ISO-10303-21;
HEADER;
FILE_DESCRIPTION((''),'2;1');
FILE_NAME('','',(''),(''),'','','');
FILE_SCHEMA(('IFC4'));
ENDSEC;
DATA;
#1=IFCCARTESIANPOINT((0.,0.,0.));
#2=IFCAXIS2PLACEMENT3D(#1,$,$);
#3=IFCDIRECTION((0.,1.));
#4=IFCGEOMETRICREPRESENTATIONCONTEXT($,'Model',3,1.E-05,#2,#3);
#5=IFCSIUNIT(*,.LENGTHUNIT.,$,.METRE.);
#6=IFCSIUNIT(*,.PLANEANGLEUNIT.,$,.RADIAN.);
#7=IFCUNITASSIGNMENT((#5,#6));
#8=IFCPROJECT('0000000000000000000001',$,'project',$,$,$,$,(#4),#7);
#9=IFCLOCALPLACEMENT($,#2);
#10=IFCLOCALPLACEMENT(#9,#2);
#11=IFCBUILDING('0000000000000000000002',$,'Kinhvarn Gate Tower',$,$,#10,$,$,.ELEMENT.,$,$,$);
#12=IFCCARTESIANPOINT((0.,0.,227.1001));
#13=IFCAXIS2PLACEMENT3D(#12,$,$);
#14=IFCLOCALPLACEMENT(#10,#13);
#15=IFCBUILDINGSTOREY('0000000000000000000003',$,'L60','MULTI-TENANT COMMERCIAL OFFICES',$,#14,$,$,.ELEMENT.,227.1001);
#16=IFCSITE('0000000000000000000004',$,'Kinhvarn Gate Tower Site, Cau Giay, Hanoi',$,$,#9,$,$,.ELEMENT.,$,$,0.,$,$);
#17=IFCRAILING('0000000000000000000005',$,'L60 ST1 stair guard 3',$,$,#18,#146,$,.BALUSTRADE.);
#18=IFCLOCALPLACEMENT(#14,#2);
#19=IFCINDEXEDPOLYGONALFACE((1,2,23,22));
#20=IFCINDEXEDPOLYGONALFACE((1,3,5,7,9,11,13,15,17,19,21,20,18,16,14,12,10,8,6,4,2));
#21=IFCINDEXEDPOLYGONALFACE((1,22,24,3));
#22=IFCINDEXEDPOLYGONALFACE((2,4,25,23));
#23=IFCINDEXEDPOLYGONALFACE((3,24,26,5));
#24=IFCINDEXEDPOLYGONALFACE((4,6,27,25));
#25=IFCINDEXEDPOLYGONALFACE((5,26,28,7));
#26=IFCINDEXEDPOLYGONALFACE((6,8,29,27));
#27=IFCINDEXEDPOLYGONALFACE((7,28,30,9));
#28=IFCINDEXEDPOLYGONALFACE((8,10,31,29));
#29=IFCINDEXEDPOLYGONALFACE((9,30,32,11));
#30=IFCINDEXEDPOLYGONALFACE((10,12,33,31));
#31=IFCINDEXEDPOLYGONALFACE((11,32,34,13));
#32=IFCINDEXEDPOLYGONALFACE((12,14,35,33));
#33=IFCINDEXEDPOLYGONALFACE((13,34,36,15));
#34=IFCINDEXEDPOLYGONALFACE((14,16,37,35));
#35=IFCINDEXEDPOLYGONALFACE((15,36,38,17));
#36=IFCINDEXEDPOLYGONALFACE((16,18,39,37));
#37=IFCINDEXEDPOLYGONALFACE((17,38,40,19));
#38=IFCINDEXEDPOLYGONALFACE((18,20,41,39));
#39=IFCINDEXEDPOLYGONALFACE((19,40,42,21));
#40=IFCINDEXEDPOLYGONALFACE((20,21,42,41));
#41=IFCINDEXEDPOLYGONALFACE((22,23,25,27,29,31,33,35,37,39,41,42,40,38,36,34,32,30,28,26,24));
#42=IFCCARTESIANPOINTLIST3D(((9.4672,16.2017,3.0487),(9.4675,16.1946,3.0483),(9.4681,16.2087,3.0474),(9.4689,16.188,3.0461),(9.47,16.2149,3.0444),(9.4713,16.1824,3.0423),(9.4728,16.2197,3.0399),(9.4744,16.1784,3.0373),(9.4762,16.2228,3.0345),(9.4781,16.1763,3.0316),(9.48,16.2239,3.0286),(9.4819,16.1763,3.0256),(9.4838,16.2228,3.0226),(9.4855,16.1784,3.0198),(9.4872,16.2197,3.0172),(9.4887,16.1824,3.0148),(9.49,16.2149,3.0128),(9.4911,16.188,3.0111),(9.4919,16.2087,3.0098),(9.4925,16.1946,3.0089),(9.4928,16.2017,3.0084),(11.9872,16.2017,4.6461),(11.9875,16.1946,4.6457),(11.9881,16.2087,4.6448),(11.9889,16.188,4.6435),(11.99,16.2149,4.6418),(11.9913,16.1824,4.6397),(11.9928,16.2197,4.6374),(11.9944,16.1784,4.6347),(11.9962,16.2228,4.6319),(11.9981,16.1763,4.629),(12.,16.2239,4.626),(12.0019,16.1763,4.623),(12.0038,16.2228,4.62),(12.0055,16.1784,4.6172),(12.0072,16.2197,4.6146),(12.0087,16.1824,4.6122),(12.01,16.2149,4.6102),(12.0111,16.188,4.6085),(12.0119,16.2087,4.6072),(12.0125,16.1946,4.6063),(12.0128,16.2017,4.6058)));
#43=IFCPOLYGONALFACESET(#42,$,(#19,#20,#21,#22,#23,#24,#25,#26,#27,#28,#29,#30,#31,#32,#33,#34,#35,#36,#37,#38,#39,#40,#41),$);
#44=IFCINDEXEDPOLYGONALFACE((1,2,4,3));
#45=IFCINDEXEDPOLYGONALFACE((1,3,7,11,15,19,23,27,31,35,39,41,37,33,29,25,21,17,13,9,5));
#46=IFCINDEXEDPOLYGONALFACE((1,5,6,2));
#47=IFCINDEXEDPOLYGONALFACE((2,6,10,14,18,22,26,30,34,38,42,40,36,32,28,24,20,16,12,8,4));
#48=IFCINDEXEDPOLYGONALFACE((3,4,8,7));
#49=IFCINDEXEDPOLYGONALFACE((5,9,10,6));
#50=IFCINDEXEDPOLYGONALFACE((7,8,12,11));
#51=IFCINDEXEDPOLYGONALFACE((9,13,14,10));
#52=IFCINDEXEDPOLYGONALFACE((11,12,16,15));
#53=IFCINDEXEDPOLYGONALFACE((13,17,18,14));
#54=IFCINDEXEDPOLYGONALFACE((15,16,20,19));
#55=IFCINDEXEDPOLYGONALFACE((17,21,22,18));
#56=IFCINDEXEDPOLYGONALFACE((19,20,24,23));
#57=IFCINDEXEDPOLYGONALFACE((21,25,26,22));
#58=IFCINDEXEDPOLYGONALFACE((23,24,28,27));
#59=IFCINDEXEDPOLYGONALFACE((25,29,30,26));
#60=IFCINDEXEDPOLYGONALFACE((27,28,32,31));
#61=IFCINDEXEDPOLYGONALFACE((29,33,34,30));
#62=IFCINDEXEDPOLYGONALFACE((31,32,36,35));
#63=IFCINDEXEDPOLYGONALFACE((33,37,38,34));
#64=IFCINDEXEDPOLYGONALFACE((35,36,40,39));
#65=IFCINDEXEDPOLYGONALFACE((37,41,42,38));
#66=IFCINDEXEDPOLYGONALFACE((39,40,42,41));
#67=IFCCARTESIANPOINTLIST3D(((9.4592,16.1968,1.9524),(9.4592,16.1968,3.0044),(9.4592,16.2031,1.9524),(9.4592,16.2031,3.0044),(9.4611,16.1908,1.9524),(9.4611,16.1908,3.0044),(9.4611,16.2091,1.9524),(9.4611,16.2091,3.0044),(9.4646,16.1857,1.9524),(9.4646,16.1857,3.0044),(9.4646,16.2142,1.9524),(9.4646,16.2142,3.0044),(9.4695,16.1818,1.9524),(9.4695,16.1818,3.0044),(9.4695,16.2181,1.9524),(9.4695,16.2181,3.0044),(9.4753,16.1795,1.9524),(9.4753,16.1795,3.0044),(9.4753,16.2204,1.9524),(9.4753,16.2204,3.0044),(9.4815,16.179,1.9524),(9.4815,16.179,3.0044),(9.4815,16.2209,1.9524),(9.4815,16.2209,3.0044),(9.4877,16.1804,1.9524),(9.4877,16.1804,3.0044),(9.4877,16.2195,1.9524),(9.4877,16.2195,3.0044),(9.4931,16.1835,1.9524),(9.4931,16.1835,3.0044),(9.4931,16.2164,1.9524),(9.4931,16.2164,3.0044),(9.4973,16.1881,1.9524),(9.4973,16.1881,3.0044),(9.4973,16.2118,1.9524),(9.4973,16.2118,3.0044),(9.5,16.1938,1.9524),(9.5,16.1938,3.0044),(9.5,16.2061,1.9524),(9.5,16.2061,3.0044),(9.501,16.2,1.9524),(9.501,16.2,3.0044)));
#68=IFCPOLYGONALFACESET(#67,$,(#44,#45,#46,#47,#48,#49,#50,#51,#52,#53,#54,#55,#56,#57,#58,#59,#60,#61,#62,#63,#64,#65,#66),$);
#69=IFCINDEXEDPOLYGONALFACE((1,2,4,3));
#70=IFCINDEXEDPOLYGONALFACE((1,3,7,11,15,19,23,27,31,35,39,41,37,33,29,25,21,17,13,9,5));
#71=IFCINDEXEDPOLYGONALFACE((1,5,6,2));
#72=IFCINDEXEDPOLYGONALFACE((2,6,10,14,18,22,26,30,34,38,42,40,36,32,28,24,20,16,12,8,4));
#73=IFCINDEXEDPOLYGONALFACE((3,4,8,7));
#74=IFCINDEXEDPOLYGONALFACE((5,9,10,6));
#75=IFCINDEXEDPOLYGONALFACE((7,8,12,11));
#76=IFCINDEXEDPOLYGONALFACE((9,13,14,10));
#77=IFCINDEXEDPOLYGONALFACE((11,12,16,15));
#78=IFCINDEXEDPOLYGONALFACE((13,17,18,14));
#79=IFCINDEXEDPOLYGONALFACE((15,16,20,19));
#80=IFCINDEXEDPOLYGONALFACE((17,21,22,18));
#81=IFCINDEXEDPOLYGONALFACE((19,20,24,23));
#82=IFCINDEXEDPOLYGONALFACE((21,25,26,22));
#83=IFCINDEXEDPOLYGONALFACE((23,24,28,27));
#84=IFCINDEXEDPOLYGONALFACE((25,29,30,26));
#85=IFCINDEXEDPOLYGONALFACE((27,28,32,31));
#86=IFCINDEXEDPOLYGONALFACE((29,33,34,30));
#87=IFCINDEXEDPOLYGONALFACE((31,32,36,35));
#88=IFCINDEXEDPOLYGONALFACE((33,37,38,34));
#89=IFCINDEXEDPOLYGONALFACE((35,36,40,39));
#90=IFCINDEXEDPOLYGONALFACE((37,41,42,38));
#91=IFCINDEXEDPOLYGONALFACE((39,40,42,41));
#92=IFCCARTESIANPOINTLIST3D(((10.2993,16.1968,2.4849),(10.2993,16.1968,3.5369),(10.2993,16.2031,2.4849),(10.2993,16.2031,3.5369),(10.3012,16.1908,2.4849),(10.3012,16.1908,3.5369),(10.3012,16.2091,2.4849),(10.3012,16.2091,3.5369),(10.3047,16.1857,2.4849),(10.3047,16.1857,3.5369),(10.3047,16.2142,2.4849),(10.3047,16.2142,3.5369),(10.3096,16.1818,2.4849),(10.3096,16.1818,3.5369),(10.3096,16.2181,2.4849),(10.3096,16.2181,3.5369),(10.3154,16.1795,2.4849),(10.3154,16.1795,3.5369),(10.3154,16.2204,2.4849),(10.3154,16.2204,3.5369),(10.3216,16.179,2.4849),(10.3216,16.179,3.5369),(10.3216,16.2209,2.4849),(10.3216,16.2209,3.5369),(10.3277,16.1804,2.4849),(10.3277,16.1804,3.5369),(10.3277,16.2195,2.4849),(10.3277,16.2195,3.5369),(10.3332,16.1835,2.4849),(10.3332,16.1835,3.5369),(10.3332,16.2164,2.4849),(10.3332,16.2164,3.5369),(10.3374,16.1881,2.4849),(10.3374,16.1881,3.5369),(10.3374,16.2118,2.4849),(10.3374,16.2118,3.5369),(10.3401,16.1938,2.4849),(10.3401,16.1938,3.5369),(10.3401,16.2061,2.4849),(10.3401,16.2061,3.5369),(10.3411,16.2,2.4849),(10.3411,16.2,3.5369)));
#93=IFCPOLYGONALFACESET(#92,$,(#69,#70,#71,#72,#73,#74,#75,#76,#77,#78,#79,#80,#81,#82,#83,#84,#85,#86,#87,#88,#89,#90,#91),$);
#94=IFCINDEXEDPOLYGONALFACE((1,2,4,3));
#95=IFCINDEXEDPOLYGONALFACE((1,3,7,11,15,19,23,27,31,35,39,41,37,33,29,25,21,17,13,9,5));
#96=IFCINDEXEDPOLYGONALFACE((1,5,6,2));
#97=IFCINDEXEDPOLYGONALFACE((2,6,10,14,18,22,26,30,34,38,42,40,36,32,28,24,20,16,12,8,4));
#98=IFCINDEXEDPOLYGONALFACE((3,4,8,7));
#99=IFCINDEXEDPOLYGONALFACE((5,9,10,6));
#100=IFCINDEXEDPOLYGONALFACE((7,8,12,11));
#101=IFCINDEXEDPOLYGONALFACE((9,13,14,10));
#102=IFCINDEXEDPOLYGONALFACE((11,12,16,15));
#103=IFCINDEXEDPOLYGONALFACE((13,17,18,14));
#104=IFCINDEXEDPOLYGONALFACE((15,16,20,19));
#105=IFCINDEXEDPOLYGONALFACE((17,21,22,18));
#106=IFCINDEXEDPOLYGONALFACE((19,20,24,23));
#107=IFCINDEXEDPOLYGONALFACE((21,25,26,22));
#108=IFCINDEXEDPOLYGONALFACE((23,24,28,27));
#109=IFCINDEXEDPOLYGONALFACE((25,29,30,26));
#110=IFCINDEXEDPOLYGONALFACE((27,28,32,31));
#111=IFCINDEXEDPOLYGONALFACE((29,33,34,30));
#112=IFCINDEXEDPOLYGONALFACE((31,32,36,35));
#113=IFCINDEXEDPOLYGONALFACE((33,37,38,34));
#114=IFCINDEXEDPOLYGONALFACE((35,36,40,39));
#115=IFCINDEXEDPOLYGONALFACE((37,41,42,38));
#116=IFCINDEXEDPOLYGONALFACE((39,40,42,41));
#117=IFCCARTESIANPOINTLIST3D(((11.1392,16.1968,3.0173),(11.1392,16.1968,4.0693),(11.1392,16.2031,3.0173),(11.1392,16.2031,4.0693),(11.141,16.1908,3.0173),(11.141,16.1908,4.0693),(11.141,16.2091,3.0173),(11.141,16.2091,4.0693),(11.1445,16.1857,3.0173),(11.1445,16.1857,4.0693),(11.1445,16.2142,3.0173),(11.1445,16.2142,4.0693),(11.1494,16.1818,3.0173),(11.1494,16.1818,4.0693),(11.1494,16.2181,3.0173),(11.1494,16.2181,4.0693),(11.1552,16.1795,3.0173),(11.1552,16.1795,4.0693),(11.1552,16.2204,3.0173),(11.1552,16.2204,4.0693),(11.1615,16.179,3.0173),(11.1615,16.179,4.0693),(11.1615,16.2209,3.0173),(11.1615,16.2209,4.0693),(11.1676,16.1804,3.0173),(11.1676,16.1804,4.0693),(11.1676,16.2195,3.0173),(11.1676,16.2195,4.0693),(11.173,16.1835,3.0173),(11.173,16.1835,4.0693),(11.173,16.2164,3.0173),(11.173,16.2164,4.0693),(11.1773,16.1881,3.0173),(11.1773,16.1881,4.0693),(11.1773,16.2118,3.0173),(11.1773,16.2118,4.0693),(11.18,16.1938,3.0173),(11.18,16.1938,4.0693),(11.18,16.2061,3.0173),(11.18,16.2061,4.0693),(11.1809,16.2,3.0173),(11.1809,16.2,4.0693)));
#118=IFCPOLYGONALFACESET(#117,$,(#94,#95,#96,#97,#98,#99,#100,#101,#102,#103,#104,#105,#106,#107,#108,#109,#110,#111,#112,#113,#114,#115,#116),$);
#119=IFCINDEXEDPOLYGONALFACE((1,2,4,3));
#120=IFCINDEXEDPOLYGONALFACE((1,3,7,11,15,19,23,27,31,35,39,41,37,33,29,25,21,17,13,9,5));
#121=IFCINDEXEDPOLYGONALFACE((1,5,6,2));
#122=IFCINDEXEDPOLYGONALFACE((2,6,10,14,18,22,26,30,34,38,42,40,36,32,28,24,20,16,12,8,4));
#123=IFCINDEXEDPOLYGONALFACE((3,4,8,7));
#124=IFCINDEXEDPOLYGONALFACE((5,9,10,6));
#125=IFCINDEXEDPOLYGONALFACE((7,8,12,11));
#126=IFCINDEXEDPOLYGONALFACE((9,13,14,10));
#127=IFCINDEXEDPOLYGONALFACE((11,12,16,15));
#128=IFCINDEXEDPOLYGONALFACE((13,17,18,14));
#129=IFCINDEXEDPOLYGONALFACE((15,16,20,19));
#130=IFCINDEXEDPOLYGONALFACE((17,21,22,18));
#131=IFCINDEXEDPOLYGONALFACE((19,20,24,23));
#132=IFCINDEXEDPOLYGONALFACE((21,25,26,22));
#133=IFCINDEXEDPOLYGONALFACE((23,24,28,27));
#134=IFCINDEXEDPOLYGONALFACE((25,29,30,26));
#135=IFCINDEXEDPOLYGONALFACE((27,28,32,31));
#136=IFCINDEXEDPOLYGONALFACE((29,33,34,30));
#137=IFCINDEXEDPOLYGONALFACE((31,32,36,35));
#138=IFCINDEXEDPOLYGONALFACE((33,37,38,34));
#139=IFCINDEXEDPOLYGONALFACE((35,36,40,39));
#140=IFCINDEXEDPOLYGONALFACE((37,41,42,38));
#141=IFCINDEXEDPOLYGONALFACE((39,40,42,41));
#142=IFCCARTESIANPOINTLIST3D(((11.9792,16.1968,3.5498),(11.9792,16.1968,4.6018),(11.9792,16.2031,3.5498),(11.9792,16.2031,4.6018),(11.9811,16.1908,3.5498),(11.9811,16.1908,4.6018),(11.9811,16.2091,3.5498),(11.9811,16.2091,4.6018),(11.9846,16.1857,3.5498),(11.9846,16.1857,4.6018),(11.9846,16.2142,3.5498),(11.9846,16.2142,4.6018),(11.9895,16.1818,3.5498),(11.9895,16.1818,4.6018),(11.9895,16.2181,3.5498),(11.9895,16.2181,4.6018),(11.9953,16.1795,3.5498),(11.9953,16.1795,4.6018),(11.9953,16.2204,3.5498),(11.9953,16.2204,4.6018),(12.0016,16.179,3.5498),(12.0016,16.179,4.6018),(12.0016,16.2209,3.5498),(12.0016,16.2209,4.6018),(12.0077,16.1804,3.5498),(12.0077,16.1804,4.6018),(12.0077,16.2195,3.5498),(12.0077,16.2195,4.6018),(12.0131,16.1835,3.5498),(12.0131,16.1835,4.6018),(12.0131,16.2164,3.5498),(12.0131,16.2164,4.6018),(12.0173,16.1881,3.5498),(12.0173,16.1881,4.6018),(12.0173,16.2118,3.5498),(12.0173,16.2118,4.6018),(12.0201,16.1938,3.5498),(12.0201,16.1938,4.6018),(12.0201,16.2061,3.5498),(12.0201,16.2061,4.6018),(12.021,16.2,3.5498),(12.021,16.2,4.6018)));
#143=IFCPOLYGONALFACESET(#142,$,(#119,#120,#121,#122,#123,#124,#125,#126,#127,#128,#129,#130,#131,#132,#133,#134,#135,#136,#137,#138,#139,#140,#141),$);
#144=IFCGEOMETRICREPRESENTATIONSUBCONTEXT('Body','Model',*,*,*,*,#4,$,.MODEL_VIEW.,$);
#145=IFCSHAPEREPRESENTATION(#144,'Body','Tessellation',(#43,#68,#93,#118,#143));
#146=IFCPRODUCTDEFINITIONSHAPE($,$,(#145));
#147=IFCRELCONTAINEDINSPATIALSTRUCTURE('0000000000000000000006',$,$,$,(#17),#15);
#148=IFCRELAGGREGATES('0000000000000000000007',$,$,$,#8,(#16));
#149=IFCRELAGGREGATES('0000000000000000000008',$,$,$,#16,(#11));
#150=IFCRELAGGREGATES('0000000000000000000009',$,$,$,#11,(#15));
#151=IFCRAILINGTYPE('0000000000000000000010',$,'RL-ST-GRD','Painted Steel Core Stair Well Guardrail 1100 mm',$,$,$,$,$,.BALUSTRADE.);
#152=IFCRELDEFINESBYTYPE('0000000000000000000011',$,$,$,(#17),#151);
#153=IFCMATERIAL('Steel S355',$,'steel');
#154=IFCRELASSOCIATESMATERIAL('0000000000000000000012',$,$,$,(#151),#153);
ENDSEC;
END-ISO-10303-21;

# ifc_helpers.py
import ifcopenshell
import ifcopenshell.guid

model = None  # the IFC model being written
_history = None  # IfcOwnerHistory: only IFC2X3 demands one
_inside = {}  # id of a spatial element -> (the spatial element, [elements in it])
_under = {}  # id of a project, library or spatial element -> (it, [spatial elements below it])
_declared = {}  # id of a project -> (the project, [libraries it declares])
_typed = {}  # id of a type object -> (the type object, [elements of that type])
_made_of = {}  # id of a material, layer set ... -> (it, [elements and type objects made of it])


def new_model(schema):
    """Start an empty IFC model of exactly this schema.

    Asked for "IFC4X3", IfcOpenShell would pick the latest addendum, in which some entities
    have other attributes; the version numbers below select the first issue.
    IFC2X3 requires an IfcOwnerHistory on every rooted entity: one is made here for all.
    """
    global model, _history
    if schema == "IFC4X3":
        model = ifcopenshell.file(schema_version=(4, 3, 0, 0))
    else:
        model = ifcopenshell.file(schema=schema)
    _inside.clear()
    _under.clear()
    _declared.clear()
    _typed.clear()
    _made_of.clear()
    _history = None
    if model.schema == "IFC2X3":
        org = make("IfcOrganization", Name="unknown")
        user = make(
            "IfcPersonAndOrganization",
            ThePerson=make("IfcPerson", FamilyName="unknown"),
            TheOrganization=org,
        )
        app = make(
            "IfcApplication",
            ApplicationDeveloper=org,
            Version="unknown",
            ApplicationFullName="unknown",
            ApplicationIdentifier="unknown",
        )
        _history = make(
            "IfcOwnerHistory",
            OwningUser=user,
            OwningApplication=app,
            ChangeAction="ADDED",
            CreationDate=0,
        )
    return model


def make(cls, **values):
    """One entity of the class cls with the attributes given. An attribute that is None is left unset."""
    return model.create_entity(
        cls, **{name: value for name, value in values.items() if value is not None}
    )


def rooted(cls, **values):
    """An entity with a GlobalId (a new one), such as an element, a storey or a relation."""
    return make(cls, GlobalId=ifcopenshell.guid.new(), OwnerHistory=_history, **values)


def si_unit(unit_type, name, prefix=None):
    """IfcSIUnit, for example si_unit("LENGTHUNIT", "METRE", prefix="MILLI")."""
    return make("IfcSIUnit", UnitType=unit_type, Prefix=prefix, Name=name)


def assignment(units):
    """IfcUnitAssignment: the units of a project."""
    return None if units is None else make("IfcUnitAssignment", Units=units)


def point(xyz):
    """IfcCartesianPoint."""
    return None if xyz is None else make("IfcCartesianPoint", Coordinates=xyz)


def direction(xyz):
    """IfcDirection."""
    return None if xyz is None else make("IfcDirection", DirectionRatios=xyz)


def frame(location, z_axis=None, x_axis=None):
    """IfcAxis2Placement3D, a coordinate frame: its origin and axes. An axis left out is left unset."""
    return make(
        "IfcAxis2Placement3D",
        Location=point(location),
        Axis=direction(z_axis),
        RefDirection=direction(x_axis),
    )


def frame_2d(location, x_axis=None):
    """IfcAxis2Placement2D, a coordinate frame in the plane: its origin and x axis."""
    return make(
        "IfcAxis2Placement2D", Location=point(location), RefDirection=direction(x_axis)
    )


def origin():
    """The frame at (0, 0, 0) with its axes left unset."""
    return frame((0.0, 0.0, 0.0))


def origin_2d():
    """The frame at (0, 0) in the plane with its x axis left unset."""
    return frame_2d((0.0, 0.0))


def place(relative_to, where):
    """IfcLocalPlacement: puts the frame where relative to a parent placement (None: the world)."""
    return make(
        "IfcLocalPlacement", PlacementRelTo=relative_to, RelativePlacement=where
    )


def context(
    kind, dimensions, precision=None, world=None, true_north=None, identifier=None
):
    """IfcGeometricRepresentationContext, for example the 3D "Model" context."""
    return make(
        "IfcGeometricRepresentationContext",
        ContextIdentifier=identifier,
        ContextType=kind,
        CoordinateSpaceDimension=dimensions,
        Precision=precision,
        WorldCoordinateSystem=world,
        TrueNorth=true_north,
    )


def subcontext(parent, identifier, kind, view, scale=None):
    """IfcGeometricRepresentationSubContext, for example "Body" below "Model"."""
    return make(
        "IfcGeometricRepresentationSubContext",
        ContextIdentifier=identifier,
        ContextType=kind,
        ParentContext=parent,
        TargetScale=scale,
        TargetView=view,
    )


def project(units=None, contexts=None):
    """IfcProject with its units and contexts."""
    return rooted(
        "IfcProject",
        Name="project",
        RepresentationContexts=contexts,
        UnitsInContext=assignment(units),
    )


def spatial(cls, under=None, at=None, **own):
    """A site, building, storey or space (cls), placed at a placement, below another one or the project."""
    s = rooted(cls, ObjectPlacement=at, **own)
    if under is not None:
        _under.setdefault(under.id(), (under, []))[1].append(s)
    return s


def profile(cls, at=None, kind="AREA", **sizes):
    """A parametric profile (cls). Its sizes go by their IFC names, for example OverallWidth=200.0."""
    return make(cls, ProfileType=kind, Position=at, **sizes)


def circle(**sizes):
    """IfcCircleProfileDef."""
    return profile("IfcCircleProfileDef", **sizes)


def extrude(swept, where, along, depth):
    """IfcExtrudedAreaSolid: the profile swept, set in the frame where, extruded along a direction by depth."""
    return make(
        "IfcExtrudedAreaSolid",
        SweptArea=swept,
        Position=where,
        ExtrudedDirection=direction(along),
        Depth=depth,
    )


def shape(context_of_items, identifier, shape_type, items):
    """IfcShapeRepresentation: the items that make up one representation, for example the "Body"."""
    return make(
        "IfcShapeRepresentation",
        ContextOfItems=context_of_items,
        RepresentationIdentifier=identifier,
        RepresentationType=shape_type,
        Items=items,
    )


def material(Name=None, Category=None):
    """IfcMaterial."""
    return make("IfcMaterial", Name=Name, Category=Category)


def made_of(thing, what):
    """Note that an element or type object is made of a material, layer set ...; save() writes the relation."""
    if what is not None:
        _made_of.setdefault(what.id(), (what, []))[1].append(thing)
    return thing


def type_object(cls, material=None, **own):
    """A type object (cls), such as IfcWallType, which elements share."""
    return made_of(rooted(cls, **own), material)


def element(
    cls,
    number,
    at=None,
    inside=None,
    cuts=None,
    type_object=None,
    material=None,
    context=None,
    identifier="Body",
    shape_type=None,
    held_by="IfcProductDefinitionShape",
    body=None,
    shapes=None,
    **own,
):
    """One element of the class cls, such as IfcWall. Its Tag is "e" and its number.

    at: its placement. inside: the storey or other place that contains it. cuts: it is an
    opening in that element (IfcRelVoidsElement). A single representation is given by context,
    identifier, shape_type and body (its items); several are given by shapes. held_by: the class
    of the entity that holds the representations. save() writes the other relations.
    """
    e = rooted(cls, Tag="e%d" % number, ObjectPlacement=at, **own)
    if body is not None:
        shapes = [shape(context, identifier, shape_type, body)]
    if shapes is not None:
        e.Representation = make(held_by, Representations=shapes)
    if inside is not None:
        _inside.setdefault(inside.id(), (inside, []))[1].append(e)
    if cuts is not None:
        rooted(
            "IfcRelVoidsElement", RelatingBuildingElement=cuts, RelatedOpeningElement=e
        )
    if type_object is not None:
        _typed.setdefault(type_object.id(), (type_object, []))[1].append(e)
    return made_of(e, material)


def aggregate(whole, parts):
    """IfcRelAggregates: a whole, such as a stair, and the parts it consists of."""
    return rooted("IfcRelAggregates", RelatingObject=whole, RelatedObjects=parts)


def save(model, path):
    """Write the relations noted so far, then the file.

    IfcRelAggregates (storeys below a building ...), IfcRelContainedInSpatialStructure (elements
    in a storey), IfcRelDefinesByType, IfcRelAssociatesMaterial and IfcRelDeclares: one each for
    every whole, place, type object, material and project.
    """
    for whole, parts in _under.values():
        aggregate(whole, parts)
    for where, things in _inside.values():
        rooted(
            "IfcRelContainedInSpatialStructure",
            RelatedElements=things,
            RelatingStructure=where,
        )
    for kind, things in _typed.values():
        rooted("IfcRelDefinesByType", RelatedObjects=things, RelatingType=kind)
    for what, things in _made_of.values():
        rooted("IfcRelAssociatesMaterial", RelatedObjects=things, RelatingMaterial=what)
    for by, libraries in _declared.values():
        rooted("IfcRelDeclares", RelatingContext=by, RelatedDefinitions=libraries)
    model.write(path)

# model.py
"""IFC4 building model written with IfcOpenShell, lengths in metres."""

from ifc_helpers import new_model, si_unit, direction, frame, origin, origin_2d, place, context, subcontext, project, spatial, circle, extrude, material, type_object, element, save


model = new_model("IFC4")

# Units and contexts
model_context = context("Model", 3, precision=1e-05, world=origin(), true_north=direction((0.0, 1.0)))
body_context = subcontext(model_context, "Body", "Model", "MODEL_VIEW")
ifc_project = project(units=[si_unit("LENGTHUNIT", "METRE"), si_unit("PLANEANGLEUNIT", "RADIAN")], contexts=[model_context])

# Site, building, storey
site_placement = place(None, origin())
site = spatial("IfcSite", under=ifc_project, at=site_placement, Name="Kinhvarn Gate Tower Site, Cau Giay, Hanoi", CompositionType="ELEMENT", RefElevation=0.0)
building_placement = place(site_placement, origin())
building = spatial("IfcBuilding", under=site, at=building_placement, Name="Kinhvarn Gate Tower", CompositionType="ELEMENT")
storey_placement = place(building_placement, frame((0.0, 0.0, 227.1001)))
storey = spatial("IfcBuildingStorey", under=building, at=storey_placement, Name="L60", Description="MULTI-TENANT COMMERCIAL OFFICES", CompositionType="ELEMENT", Elevation=227.1001)

# Shared definitions
ifc_material_1 = material(Name="Steel S355", Category="steel")

# Railing
railing_type_1 = type_object("IfcRailingType", Name="RL-ST-GRD", Description="Painted Steel Core Stair Well Guardrail 1100 mm", PredefinedType="BALUSTRADE", material=ifc_material_1)
railing_1_placement = place(storey_placement, frame((9.48, 16.2, 1.9524)))
element("IfcRailing", 1, at=railing_1_placement, inside=storey, type_object=railing_type_1, Name="L60 ST1 stair guard 3", PredefinedType="BALUSTRADE", context=body_context, shape_type="SweptSolid", body=[
    extrude(circle(Radius=0.0239, at=origin_2d()), frame((0.0, 0.0, 1.0762), z_axis=(0.844607, 0.0, 0.535387), x_axis=(0.0, 1.0, 0.0)), (0.0, 0.0, 1.0), 2.9836),
    extrude(circle(Radius=0.021, at=origin_2d()), origin(), (0.0, 0.0, 1.0), 1.052),
    extrude(circle(Radius=0.021, at=origin_2d()), frame((0.8401, 0.0, 0.5325)), (0.0, 0.0, 1.0), 1.052),
    extrude(circle(Radius=0.021, at=origin_2d()), frame((1.6799, 0.0, 1.0649)), (0.0, 0.0, 1.0), 1.052),
    extrude(circle(Radius=0.021, at=origin_2d()), frame((2.52, 0.0, 1.5974)), (0.0, 0.0, 1.0), 1.052),
])

save(model, "model.ifc")
